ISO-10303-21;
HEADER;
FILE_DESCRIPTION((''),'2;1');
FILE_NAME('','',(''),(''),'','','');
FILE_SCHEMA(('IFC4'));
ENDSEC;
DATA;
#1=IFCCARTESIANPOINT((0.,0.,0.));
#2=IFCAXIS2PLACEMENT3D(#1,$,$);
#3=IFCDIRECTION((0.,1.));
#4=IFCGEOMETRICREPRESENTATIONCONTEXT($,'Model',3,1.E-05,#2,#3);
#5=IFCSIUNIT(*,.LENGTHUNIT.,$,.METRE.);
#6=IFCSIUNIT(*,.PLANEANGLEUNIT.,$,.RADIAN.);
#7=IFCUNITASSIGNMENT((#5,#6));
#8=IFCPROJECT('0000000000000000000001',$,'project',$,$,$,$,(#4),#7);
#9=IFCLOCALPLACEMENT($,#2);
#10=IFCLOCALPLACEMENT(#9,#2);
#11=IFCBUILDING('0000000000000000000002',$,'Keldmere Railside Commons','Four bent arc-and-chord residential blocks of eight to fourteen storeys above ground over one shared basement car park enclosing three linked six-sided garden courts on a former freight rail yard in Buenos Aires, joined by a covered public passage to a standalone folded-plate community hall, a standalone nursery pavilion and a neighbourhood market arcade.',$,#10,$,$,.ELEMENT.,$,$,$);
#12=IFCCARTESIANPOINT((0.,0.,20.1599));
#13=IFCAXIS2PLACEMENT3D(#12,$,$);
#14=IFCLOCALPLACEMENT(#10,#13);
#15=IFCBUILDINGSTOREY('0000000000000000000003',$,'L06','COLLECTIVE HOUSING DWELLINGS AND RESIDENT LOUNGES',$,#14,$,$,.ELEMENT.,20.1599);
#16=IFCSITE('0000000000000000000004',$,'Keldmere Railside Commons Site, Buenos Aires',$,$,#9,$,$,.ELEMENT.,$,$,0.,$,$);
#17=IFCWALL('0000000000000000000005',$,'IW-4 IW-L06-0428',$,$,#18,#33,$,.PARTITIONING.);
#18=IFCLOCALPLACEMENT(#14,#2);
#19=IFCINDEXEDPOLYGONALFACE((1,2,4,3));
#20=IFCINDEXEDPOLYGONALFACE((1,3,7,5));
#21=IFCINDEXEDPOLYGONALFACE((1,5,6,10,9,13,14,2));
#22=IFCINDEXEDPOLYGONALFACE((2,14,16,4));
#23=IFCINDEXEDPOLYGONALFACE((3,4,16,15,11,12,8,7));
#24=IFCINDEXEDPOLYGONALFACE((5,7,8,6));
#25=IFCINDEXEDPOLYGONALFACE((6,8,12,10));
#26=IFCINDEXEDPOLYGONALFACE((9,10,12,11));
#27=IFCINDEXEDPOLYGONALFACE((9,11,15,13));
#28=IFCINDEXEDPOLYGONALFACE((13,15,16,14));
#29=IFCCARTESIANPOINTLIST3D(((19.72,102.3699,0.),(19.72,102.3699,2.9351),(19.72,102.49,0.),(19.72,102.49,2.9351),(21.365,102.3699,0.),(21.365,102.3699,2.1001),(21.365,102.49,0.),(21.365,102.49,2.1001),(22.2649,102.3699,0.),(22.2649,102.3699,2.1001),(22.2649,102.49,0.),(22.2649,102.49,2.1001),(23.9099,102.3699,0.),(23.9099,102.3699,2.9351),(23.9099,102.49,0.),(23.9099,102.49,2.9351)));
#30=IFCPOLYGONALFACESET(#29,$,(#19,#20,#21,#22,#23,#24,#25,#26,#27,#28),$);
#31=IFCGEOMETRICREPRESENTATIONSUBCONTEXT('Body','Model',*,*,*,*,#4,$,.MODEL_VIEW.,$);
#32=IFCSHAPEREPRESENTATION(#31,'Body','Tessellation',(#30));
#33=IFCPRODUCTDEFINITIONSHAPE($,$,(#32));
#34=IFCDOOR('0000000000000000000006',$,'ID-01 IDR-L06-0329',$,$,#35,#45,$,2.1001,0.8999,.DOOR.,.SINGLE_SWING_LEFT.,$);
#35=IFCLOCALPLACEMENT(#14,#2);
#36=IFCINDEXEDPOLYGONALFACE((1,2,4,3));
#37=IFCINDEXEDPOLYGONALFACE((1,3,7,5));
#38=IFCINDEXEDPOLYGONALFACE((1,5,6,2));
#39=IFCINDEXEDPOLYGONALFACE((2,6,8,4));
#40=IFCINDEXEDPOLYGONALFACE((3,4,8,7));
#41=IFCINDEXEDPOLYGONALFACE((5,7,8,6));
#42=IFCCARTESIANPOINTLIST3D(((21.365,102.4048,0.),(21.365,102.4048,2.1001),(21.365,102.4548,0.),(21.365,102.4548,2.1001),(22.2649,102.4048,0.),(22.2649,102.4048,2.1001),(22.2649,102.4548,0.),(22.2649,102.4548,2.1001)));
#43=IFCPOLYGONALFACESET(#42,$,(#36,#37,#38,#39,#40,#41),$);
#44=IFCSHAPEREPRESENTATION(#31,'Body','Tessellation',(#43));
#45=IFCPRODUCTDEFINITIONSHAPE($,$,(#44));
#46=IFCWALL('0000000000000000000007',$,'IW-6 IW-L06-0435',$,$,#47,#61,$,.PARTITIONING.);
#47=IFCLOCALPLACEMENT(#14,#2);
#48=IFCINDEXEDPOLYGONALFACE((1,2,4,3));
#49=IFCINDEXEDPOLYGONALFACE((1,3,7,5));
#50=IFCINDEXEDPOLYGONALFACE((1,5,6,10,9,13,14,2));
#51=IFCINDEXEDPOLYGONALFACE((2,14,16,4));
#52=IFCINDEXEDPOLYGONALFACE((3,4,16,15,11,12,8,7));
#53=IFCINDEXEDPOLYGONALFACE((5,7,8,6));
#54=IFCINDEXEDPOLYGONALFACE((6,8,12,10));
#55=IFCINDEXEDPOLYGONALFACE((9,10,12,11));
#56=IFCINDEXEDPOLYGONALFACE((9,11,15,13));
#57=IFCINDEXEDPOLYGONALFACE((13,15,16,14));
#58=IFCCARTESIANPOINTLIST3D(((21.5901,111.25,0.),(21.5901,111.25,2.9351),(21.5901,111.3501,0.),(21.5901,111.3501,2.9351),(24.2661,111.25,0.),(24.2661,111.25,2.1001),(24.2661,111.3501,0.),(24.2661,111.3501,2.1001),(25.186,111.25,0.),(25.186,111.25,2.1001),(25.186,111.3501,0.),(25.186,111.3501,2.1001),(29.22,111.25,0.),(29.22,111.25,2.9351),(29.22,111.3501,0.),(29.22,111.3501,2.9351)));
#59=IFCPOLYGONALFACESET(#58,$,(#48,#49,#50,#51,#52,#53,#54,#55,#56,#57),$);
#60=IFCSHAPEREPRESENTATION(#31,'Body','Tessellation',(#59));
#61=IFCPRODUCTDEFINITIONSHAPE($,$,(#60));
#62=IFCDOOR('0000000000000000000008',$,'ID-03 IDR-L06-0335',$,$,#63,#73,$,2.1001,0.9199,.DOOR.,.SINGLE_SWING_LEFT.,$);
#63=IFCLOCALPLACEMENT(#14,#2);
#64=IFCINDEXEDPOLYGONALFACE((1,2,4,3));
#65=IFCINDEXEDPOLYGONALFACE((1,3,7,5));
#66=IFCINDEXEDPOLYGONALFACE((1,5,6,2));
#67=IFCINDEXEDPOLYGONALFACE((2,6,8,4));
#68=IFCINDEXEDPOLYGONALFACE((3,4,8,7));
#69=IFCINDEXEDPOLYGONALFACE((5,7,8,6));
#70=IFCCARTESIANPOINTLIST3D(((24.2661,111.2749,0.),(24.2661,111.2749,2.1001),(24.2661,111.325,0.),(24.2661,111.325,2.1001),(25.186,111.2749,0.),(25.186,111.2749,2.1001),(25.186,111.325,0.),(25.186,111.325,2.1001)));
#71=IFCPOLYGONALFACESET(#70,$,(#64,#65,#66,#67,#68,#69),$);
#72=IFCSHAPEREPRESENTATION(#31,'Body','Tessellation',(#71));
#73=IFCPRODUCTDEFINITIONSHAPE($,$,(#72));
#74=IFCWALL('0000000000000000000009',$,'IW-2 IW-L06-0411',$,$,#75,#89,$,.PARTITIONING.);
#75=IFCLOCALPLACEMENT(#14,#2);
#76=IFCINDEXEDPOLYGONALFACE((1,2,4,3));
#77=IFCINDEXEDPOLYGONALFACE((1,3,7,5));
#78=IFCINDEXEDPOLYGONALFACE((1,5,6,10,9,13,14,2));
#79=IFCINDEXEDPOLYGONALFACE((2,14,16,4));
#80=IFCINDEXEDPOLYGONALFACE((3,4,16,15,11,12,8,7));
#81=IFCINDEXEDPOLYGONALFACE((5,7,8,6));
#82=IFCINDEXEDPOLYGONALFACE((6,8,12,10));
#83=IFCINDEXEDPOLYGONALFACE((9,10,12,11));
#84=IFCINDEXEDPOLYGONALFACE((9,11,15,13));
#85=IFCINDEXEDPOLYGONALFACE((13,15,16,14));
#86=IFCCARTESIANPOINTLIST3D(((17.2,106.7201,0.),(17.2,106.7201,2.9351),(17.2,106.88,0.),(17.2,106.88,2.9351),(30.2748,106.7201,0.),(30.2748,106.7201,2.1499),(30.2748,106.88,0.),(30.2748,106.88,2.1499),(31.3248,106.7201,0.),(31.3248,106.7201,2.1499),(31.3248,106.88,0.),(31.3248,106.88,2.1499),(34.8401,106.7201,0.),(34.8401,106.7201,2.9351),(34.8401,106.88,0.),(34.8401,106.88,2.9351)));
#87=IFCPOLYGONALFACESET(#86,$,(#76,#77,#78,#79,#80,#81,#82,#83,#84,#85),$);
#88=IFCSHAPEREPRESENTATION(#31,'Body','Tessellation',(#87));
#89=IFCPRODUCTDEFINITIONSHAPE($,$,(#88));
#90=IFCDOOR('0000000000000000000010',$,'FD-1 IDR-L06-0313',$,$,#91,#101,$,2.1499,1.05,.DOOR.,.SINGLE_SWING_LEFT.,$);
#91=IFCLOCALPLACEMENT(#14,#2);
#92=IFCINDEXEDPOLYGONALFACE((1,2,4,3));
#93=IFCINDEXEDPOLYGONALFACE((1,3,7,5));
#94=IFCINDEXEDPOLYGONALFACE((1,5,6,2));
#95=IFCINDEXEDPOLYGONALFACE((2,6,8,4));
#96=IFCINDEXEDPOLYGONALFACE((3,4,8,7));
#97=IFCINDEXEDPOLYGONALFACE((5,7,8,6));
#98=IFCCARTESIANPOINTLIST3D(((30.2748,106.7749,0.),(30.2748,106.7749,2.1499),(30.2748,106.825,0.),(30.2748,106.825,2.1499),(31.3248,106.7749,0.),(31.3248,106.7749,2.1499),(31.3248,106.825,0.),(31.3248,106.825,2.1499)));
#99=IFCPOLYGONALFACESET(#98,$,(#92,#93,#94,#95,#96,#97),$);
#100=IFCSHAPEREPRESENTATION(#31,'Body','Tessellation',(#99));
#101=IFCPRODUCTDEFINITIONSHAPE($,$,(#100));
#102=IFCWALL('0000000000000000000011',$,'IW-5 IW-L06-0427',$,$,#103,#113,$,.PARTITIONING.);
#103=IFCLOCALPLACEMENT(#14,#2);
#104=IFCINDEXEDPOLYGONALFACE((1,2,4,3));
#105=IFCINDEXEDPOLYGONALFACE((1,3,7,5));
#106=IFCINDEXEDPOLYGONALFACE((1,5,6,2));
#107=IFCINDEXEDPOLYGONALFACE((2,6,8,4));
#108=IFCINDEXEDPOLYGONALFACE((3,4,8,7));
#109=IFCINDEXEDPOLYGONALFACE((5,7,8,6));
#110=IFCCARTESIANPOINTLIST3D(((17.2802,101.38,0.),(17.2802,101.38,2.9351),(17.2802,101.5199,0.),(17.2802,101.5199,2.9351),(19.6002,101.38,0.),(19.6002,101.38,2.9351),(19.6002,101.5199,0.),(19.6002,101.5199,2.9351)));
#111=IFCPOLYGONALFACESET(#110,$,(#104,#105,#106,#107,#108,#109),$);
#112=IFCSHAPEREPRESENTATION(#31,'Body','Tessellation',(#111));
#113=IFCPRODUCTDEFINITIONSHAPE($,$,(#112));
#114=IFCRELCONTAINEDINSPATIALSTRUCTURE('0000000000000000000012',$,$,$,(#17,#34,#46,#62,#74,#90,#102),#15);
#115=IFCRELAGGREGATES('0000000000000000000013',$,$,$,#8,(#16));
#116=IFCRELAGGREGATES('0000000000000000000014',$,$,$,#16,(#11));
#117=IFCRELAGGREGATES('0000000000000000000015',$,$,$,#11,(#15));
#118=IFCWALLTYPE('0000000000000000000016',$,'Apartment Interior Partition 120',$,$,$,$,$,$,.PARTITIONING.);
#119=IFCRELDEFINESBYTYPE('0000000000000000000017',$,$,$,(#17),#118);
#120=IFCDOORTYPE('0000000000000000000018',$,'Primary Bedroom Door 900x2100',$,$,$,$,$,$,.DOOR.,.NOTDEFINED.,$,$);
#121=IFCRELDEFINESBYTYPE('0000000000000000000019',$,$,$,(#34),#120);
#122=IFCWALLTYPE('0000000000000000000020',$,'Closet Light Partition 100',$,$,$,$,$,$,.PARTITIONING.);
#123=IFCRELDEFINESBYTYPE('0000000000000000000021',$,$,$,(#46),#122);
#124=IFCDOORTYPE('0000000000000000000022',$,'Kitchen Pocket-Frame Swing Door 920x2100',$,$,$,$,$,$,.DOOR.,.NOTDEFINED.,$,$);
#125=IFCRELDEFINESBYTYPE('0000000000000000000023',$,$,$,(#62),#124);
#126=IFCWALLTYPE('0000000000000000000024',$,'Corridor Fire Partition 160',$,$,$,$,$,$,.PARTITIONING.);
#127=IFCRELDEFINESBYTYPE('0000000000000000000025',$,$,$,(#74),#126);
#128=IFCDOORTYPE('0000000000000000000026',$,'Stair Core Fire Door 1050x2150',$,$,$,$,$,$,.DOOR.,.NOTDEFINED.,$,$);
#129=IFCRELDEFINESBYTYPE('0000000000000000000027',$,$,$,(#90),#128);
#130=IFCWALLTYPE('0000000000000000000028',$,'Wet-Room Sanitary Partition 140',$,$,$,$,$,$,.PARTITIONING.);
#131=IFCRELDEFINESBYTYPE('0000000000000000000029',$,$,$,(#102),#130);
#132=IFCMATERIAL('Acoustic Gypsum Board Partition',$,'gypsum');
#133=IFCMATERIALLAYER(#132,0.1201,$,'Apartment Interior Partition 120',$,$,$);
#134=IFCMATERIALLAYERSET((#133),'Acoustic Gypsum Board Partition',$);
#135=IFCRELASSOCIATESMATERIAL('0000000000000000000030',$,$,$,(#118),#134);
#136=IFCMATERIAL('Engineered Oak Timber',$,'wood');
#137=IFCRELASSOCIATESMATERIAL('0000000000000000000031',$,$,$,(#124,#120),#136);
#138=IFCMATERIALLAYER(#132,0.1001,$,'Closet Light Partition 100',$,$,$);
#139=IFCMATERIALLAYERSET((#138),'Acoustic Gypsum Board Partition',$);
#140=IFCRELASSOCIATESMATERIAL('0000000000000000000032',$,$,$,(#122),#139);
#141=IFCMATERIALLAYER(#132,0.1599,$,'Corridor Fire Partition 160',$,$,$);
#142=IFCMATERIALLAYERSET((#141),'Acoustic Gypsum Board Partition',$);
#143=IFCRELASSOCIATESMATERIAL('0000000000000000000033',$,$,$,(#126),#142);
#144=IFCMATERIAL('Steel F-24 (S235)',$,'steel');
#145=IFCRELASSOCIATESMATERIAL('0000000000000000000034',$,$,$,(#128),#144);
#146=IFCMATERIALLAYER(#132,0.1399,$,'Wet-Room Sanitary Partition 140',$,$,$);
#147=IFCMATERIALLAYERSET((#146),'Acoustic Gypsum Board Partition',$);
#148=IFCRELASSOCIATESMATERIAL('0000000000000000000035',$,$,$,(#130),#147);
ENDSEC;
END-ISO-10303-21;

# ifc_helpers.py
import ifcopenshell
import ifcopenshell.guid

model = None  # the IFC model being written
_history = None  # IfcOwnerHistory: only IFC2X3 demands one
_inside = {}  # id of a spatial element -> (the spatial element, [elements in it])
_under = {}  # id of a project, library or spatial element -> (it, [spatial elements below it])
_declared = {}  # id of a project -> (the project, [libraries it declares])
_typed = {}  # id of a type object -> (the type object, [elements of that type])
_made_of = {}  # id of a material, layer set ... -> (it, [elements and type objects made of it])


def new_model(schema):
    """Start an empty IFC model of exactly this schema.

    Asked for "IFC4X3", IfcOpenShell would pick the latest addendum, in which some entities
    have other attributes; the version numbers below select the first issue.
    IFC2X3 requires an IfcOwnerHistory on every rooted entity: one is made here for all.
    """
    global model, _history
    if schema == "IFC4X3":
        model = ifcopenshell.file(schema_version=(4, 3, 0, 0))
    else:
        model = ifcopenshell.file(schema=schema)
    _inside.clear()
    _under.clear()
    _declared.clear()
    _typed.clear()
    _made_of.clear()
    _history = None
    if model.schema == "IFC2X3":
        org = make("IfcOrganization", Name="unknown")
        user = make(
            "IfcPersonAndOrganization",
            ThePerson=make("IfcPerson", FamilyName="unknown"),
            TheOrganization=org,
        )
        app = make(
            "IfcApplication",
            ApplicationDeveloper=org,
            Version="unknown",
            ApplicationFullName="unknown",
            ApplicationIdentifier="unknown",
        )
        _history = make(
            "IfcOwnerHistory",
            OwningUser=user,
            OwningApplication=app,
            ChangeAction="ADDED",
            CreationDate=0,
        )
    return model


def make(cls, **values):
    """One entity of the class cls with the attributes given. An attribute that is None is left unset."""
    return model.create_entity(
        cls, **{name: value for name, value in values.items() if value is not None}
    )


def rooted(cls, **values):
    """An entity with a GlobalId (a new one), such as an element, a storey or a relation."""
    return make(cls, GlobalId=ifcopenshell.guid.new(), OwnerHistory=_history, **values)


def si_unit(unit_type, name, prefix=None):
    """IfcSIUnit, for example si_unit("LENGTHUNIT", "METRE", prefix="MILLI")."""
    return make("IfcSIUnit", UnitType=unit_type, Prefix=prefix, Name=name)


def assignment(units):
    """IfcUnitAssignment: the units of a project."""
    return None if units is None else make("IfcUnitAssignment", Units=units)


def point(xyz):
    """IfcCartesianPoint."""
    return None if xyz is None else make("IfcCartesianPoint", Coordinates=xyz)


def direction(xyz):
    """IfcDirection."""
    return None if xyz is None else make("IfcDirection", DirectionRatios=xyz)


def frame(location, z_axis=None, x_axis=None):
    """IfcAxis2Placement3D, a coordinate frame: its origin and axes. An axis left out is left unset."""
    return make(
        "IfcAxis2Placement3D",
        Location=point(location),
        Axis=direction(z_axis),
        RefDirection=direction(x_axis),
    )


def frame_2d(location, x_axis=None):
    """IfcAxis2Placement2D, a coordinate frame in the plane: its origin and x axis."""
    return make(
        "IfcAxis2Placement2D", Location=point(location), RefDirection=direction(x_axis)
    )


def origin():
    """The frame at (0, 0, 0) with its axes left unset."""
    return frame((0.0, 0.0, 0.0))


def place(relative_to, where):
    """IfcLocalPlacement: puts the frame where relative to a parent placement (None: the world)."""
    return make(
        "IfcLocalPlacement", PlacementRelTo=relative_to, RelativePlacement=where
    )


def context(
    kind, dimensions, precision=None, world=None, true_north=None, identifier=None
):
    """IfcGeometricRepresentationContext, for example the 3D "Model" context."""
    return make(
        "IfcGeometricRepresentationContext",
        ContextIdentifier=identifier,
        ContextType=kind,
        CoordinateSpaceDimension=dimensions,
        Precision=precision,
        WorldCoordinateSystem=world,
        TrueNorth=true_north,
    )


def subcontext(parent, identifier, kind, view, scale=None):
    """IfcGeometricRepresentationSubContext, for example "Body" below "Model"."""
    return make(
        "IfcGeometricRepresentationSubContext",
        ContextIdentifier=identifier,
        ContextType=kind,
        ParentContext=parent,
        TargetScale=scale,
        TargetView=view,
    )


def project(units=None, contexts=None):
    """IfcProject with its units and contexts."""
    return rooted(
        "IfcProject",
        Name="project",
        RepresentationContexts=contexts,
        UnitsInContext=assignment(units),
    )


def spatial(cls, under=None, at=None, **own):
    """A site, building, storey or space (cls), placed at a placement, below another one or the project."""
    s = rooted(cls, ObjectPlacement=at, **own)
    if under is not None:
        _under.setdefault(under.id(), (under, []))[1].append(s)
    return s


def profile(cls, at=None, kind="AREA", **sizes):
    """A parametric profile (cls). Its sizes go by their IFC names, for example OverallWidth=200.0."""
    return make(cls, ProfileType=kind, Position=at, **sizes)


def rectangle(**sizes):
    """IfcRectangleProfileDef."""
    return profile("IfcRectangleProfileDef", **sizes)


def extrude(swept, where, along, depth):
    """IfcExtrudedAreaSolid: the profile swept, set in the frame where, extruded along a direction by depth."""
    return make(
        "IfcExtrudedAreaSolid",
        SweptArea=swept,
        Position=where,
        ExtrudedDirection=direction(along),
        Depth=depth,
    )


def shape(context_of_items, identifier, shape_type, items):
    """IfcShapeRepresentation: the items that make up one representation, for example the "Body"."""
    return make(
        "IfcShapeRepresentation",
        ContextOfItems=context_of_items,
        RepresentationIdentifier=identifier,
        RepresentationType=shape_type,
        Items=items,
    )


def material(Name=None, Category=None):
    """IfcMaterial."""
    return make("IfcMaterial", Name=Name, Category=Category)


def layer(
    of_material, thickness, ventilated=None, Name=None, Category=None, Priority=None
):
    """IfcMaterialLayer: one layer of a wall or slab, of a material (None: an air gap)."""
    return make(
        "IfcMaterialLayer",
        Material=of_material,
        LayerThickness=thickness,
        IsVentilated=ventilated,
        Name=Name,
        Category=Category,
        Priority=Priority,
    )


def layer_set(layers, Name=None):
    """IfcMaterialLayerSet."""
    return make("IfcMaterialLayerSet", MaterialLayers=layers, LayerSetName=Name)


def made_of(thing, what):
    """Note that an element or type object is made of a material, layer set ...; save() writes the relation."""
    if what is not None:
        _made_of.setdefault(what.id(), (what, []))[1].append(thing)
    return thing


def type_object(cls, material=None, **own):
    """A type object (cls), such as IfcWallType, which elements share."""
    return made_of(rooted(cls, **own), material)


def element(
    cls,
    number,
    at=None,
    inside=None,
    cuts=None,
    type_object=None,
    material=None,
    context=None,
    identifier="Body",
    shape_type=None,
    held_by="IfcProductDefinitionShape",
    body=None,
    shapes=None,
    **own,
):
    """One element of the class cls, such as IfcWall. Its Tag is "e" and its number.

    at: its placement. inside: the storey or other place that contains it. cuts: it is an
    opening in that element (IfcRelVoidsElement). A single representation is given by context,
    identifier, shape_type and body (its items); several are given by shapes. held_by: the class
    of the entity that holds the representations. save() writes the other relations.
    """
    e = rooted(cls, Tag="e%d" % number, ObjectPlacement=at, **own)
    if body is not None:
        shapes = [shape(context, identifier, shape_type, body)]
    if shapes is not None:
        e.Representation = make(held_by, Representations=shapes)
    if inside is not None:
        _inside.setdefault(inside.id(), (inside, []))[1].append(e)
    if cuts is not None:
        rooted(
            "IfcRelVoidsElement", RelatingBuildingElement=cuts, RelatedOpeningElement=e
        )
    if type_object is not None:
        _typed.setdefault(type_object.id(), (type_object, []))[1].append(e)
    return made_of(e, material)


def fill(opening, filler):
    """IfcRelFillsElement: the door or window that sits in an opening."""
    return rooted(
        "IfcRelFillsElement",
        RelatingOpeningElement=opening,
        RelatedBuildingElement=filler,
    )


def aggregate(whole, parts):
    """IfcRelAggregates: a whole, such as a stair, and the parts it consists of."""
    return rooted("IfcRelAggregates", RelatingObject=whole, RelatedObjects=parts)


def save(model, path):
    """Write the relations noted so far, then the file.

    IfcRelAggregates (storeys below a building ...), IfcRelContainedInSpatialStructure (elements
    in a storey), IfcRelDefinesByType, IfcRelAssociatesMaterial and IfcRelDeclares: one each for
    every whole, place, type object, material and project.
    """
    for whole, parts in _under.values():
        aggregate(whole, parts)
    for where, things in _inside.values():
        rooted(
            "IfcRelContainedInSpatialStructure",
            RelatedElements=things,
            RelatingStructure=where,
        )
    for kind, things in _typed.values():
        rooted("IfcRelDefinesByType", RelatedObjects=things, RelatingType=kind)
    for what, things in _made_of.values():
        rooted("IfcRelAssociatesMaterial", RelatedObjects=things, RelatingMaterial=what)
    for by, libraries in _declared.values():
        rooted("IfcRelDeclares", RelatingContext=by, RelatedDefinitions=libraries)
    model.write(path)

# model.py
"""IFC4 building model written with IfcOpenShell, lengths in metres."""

from ifc_helpers import new_model, si_unit, direction, frame, frame_2d, origin, place, context, subcontext, project, spatial, rectangle, extrude, material, layer, layer_set, type_object, element, fill, save


model = new_model("IFC4")

# Units and contexts
model_context = context("Model", 3, precision=1e-05, world=origin(), true_north=direction((0.0, 1.0)))
body_context = subcontext(model_context, "Body", "Model", "MODEL_VIEW")
ifc_project = project(units=[si_unit("LENGTHUNIT", "METRE"), si_unit("PLANEANGLEUNIT", "RADIAN")], contexts=[model_context])

# Site, building, storey
site_placement = place(None, origin())
site = spatial("IfcSite", under=ifc_project, at=site_placement, Name="Keldmere Railside Commons Site, Buenos Aires", CompositionType="ELEMENT", RefElevation=0.0)
building_placement = place(site_placement, origin())
building = spatial("IfcBuilding", under=site, at=building_placement, Name="Keldmere Railside Commons", Description="Four bent arc-and-chord residential blocks of eight to fourteen storeys above ground over one shared basement car park enclosing three linked six-sided garden courts on a former freight rail yard in Buenos Aires, joined by a covered public passage to a standalone folded-plate community hall, a standalone nursery pavilion and a neighbourhood market arcade.", CompositionType="ELEMENT")
storey_placement = place(building_placement, frame((0.0, 0.0, 20.1599)))
storey = spatial("IfcBuildingStorey", under=building, at=storey_placement, Name="L06", Description="COLLECTIVE HOUSING DWELLINGS AND RESIDENT LOUNGES", CompositionType="ELEMENT", Elevation=20.1599)

# Shared definitions
ifc_material_1 = material(Name="Acoustic Gypsum Board Partition", Category="gypsum")

# Shared definitions
ifc_layer_1 = layer(ifc_material_1, 0.1201, Name="Apartment Interior Partition 120")
ifc_layer_set_1 = layer_set([ifc_layer_1], Name="Acoustic Gypsum Board Partition")
wall_type_1 = type_object("IfcWallType", Name="Apartment Interior Partition 120", PredefinedType="PARTITIONING", material=ifc_layer_set_1)
ifc_material_2 = material(Name="Engineered Oak Timber", Category="wood")
door_type_1 = type_object("IfcDoorType", Name="Kitchen Pocket-Frame Swing Door 920x2100", OperationType="NOTDEFINED", PredefinedType="DOOR", material=ifc_material_2)

# Walls, openings, doors
wall_1_placement = place(storey_placement, frame((19.72, 102.4299, 0.0), z_axis=(0.0, 0.0, 1.0), x_axis=(1.0, 0.0, 0.0)))
wall_1 = element("IfcWall", 1, at=wall_1_placement, inside=storey, type_object=wall_type_1, Name="IW-4 IW-L06-0428", PredefinedType="PARTITIONING", context=body_context, shape_type="SweptSolid", body=[
    extrude(rectangle(XDim=4.1899, YDim=0.1201, at=frame_2d((2.095, 0.0))), origin(), (0.0, 0.0, 1.0), 2.9351),
])
opening_1_placement = place(wall_1_placement, frame((1.645, 0.0, 0.0)))
opening_1 = element("IfcOpeningElement", 2, at=opening_1_placement, cuts=wall_1, PredefinedType="OPENING", context=body_context, shape_type="SweptSolid", body=[
    extrude(rectangle(XDim=0.8999, YDim=2.1001, at=frame_2d((0.45, 1.05))), frame((0.0, 0.0701, 0.0), z_axis=(0.0, -1.0, 0.0), x_axis=(1.0, 0.0, 0.0)), (0.0, 0.0, 1.0), 0.1401),
])
door_type_2 = type_object("IfcDoorType", Name="Primary Bedroom Door 900x2100", OperationType="NOTDEFINED", PredefinedType="DOOR", material=ifc_material_2)
door_1_placement = place(opening_1_placement, origin())
door_1 = element("IfcDoor", 3, at=door_1_placement, inside=storey, type_object=door_type_2, Name="ID-01 IDR-L06-0329", OperationType="SINGLE_SWING_LEFT", OverallHeight=2.1001, OverallWidth=0.8999, PredefinedType="DOOR", context=body_context, shape_type="SweptSolid", body=[
    extrude(rectangle(XDim=0.8999, YDim=2.1001, at=frame_2d((0.45, 1.05))), frame((0.0, 0.0249, 0.0), z_axis=(0.0, -1.0, 0.0), x_axis=(1.0, 0.0, 0.0)), (0.0, 0.0, 1.0), 0.05),
])
fill(opening_1, door_1)
ifc_layer_2 = layer(ifc_material_1, 0.1001, Name="Closet Light Partition 100")
ifc_layer_set_2 = layer_set([ifc_layer_2], Name="Acoustic Gypsum Board Partition")
wall_type_2 = type_object("IfcWallType", Name="Closet Light Partition 100", PredefinedType="PARTITIONING", material=ifc_layer_set_2)
wall_2_placement = place(storey_placement, frame((21.5901, 111.3, 0.0), z_axis=(0.0, 0.0, 1.0), x_axis=(1.0, 0.0, 0.0)))
wall_2 = element("IfcWall", 4, at=wall_2_placement, inside=storey, type_object=wall_type_2, Name="IW-6 IW-L06-0435", PredefinedType="PARTITIONING", context=body_context, shape_type="SweptSolid", body=[
    extrude(rectangle(XDim=7.6299, YDim=0.1001, at=frame_2d((3.8149, 0.0))), origin(), (0.0, 0.0, 1.0), 2.9351),
])
opening_2_placement = place(wall_2_placement, frame((2.676, 0.0, 0.0)))
opening_2 = element("IfcOpeningElement", 5, at=opening_2_placement, cuts=wall_2, PredefinedType="OPENING", context=body_context, shape_type="SweptSolid", body=[
    extrude(rectangle(XDim=0.9199, YDim=2.1001, at=frame_2d((0.46, 1.05))), frame((0.0, 0.0601, 0.0), z_axis=(0.0, -1.0, 0.0), x_axis=(1.0, 0.0, 0.0)), (0.0, 0.0, 1.0), 0.1201),
])
door_2_placement = place(opening_2_placement, origin())
door_2 = element("IfcDoor", 6, at=door_2_placement, inside=storey, type_object=door_type_1, Name="ID-03 IDR-L06-0335", OperationType="SINGLE_SWING_LEFT", OverallHeight=2.1001, OverallWidth=0.9199, PredefinedType="DOOR", context=body_context, shape_type="SweptSolid", body=[
    extrude(rectangle(XDim=0.9199, YDim=2.1001, at=frame_2d((0.46, 1.05))), frame((0.0, 0.0249, 0.0), z_axis=(0.0, -1.0, 0.0), x_axis=(1.0, 0.0, 0.0)), (0.0, 0.0, 1.0), 0.05),
])
fill(opening_2, door_2)
ifc_layer_3 = layer(ifc_material_1, 0.1599, Name="Corridor Fire Partition 160")
ifc_layer_set_3 = layer_set([ifc_layer_3], Name="Acoustic Gypsum Board Partition")
wall_type_3 = type_object("IfcWallType", Name="Corridor Fire Partition 160", PredefinedType="PARTITIONING", material=ifc_layer_set_3)
wall_3_placement = place(storey_placement, frame((17.2, 106.8, 0.0), z_axis=(0.0, 0.0, 1.0), x_axis=(1.0, 0.0, 0.0)))
wall_3 = element("IfcWall", 7, at=wall_3_placement, inside=storey, type_object=wall_type_3, Name="IW-2 IW-L06-0411", PredefinedType="PARTITIONING", context=body_context, shape_type="SweptSolid", body=[
    extrude(rectangle(XDim=17.6401, YDim=0.1599, at=frame_2d((8.8201, 0.0))), origin(), (0.0, 0.0, 1.0), 2.9351),
])
opening_3_placement = place(wall_3_placement, frame((13.075, 0.0, 0.0)))
opening_3 = element("IfcOpeningElement", 8, at=opening_3_placement, cuts=wall_3, PredefinedType="OPENING", context=body_context, shape_type="SweptSolid", body=[
    extrude(rectangle(XDim=1.05, YDim=2.1499, at=frame_2d((0.5249, 1.075))), frame((0.0, 0.0898, 0.0), z_axis=(0.0, -1.0, 0.0), x_axis=(1.0, 0.0, 0.0)), (0.0, 0.0, 1.0), 0.1799),
])
ifc_material_3 = material(Name="Steel F-24 (S235)", Category="steel")
door_type_3 = type_object("IfcDoorType", Name="Stair Core Fire Door 1050x2150", OperationType="NOTDEFINED", PredefinedType="DOOR", material=ifc_material_3)
door_3_placement = place(opening_3_placement, origin())
door_3 = element("IfcDoor", 9, at=door_3_placement, inside=storey, type_object=door_type_3, Name="FD-1 IDR-L06-0313", OperationType="SINGLE_SWING_LEFT", OverallHeight=2.1499, OverallWidth=1.05, PredefinedType="DOOR", context=body_context, shape_type="SweptSolid", body=[
    extrude(rectangle(XDim=1.05, YDim=2.1499, at=frame_2d((0.5249, 1.075))), frame((0.0, 0.0249, 0.0), z_axis=(0.0, -1.0, 0.0), x_axis=(1.0, 0.0, 0.0)), (0.0, 0.0, 1.0), 0.05),
])
fill(opening_3, door_3)

# Wall
ifc_layer_4 = layer(ifc_material_1, 0.1399, Name="Wet-Room Sanitary Partition 140")
ifc_layer_set_4 = layer_set([ifc_layer_4], Name="Acoustic Gypsum Board Partition")
wall_type_4 = type_object("IfcWallType", Name="Wet-Room Sanitary Partition 140", PredefinedType="PARTITIONING", material=ifc_layer_set_4)
wall_4_placement = place(storey_placement, frame((17.28, 101.45, 0.0), z_axis=(0.0, 0.0, 1.0), x_axis=(1.0, 0.0, 0.0)))
element("IfcWall", 10, at=wall_4_placement, inside=storey, type_object=wall_type_4, Name="IW-5 IW-L06-0427", PredefinedType="PARTITIONING", context=body_context, shape_type="SweptSolid", body=[
    extrude(rectangle(XDim=2.3201, YDim=0.1399, at=frame_2d((1.1602, 0.0))), origin(), (0.0, 0.0, 1.0), 2.9351),
])

save(model, "model.ifc")
